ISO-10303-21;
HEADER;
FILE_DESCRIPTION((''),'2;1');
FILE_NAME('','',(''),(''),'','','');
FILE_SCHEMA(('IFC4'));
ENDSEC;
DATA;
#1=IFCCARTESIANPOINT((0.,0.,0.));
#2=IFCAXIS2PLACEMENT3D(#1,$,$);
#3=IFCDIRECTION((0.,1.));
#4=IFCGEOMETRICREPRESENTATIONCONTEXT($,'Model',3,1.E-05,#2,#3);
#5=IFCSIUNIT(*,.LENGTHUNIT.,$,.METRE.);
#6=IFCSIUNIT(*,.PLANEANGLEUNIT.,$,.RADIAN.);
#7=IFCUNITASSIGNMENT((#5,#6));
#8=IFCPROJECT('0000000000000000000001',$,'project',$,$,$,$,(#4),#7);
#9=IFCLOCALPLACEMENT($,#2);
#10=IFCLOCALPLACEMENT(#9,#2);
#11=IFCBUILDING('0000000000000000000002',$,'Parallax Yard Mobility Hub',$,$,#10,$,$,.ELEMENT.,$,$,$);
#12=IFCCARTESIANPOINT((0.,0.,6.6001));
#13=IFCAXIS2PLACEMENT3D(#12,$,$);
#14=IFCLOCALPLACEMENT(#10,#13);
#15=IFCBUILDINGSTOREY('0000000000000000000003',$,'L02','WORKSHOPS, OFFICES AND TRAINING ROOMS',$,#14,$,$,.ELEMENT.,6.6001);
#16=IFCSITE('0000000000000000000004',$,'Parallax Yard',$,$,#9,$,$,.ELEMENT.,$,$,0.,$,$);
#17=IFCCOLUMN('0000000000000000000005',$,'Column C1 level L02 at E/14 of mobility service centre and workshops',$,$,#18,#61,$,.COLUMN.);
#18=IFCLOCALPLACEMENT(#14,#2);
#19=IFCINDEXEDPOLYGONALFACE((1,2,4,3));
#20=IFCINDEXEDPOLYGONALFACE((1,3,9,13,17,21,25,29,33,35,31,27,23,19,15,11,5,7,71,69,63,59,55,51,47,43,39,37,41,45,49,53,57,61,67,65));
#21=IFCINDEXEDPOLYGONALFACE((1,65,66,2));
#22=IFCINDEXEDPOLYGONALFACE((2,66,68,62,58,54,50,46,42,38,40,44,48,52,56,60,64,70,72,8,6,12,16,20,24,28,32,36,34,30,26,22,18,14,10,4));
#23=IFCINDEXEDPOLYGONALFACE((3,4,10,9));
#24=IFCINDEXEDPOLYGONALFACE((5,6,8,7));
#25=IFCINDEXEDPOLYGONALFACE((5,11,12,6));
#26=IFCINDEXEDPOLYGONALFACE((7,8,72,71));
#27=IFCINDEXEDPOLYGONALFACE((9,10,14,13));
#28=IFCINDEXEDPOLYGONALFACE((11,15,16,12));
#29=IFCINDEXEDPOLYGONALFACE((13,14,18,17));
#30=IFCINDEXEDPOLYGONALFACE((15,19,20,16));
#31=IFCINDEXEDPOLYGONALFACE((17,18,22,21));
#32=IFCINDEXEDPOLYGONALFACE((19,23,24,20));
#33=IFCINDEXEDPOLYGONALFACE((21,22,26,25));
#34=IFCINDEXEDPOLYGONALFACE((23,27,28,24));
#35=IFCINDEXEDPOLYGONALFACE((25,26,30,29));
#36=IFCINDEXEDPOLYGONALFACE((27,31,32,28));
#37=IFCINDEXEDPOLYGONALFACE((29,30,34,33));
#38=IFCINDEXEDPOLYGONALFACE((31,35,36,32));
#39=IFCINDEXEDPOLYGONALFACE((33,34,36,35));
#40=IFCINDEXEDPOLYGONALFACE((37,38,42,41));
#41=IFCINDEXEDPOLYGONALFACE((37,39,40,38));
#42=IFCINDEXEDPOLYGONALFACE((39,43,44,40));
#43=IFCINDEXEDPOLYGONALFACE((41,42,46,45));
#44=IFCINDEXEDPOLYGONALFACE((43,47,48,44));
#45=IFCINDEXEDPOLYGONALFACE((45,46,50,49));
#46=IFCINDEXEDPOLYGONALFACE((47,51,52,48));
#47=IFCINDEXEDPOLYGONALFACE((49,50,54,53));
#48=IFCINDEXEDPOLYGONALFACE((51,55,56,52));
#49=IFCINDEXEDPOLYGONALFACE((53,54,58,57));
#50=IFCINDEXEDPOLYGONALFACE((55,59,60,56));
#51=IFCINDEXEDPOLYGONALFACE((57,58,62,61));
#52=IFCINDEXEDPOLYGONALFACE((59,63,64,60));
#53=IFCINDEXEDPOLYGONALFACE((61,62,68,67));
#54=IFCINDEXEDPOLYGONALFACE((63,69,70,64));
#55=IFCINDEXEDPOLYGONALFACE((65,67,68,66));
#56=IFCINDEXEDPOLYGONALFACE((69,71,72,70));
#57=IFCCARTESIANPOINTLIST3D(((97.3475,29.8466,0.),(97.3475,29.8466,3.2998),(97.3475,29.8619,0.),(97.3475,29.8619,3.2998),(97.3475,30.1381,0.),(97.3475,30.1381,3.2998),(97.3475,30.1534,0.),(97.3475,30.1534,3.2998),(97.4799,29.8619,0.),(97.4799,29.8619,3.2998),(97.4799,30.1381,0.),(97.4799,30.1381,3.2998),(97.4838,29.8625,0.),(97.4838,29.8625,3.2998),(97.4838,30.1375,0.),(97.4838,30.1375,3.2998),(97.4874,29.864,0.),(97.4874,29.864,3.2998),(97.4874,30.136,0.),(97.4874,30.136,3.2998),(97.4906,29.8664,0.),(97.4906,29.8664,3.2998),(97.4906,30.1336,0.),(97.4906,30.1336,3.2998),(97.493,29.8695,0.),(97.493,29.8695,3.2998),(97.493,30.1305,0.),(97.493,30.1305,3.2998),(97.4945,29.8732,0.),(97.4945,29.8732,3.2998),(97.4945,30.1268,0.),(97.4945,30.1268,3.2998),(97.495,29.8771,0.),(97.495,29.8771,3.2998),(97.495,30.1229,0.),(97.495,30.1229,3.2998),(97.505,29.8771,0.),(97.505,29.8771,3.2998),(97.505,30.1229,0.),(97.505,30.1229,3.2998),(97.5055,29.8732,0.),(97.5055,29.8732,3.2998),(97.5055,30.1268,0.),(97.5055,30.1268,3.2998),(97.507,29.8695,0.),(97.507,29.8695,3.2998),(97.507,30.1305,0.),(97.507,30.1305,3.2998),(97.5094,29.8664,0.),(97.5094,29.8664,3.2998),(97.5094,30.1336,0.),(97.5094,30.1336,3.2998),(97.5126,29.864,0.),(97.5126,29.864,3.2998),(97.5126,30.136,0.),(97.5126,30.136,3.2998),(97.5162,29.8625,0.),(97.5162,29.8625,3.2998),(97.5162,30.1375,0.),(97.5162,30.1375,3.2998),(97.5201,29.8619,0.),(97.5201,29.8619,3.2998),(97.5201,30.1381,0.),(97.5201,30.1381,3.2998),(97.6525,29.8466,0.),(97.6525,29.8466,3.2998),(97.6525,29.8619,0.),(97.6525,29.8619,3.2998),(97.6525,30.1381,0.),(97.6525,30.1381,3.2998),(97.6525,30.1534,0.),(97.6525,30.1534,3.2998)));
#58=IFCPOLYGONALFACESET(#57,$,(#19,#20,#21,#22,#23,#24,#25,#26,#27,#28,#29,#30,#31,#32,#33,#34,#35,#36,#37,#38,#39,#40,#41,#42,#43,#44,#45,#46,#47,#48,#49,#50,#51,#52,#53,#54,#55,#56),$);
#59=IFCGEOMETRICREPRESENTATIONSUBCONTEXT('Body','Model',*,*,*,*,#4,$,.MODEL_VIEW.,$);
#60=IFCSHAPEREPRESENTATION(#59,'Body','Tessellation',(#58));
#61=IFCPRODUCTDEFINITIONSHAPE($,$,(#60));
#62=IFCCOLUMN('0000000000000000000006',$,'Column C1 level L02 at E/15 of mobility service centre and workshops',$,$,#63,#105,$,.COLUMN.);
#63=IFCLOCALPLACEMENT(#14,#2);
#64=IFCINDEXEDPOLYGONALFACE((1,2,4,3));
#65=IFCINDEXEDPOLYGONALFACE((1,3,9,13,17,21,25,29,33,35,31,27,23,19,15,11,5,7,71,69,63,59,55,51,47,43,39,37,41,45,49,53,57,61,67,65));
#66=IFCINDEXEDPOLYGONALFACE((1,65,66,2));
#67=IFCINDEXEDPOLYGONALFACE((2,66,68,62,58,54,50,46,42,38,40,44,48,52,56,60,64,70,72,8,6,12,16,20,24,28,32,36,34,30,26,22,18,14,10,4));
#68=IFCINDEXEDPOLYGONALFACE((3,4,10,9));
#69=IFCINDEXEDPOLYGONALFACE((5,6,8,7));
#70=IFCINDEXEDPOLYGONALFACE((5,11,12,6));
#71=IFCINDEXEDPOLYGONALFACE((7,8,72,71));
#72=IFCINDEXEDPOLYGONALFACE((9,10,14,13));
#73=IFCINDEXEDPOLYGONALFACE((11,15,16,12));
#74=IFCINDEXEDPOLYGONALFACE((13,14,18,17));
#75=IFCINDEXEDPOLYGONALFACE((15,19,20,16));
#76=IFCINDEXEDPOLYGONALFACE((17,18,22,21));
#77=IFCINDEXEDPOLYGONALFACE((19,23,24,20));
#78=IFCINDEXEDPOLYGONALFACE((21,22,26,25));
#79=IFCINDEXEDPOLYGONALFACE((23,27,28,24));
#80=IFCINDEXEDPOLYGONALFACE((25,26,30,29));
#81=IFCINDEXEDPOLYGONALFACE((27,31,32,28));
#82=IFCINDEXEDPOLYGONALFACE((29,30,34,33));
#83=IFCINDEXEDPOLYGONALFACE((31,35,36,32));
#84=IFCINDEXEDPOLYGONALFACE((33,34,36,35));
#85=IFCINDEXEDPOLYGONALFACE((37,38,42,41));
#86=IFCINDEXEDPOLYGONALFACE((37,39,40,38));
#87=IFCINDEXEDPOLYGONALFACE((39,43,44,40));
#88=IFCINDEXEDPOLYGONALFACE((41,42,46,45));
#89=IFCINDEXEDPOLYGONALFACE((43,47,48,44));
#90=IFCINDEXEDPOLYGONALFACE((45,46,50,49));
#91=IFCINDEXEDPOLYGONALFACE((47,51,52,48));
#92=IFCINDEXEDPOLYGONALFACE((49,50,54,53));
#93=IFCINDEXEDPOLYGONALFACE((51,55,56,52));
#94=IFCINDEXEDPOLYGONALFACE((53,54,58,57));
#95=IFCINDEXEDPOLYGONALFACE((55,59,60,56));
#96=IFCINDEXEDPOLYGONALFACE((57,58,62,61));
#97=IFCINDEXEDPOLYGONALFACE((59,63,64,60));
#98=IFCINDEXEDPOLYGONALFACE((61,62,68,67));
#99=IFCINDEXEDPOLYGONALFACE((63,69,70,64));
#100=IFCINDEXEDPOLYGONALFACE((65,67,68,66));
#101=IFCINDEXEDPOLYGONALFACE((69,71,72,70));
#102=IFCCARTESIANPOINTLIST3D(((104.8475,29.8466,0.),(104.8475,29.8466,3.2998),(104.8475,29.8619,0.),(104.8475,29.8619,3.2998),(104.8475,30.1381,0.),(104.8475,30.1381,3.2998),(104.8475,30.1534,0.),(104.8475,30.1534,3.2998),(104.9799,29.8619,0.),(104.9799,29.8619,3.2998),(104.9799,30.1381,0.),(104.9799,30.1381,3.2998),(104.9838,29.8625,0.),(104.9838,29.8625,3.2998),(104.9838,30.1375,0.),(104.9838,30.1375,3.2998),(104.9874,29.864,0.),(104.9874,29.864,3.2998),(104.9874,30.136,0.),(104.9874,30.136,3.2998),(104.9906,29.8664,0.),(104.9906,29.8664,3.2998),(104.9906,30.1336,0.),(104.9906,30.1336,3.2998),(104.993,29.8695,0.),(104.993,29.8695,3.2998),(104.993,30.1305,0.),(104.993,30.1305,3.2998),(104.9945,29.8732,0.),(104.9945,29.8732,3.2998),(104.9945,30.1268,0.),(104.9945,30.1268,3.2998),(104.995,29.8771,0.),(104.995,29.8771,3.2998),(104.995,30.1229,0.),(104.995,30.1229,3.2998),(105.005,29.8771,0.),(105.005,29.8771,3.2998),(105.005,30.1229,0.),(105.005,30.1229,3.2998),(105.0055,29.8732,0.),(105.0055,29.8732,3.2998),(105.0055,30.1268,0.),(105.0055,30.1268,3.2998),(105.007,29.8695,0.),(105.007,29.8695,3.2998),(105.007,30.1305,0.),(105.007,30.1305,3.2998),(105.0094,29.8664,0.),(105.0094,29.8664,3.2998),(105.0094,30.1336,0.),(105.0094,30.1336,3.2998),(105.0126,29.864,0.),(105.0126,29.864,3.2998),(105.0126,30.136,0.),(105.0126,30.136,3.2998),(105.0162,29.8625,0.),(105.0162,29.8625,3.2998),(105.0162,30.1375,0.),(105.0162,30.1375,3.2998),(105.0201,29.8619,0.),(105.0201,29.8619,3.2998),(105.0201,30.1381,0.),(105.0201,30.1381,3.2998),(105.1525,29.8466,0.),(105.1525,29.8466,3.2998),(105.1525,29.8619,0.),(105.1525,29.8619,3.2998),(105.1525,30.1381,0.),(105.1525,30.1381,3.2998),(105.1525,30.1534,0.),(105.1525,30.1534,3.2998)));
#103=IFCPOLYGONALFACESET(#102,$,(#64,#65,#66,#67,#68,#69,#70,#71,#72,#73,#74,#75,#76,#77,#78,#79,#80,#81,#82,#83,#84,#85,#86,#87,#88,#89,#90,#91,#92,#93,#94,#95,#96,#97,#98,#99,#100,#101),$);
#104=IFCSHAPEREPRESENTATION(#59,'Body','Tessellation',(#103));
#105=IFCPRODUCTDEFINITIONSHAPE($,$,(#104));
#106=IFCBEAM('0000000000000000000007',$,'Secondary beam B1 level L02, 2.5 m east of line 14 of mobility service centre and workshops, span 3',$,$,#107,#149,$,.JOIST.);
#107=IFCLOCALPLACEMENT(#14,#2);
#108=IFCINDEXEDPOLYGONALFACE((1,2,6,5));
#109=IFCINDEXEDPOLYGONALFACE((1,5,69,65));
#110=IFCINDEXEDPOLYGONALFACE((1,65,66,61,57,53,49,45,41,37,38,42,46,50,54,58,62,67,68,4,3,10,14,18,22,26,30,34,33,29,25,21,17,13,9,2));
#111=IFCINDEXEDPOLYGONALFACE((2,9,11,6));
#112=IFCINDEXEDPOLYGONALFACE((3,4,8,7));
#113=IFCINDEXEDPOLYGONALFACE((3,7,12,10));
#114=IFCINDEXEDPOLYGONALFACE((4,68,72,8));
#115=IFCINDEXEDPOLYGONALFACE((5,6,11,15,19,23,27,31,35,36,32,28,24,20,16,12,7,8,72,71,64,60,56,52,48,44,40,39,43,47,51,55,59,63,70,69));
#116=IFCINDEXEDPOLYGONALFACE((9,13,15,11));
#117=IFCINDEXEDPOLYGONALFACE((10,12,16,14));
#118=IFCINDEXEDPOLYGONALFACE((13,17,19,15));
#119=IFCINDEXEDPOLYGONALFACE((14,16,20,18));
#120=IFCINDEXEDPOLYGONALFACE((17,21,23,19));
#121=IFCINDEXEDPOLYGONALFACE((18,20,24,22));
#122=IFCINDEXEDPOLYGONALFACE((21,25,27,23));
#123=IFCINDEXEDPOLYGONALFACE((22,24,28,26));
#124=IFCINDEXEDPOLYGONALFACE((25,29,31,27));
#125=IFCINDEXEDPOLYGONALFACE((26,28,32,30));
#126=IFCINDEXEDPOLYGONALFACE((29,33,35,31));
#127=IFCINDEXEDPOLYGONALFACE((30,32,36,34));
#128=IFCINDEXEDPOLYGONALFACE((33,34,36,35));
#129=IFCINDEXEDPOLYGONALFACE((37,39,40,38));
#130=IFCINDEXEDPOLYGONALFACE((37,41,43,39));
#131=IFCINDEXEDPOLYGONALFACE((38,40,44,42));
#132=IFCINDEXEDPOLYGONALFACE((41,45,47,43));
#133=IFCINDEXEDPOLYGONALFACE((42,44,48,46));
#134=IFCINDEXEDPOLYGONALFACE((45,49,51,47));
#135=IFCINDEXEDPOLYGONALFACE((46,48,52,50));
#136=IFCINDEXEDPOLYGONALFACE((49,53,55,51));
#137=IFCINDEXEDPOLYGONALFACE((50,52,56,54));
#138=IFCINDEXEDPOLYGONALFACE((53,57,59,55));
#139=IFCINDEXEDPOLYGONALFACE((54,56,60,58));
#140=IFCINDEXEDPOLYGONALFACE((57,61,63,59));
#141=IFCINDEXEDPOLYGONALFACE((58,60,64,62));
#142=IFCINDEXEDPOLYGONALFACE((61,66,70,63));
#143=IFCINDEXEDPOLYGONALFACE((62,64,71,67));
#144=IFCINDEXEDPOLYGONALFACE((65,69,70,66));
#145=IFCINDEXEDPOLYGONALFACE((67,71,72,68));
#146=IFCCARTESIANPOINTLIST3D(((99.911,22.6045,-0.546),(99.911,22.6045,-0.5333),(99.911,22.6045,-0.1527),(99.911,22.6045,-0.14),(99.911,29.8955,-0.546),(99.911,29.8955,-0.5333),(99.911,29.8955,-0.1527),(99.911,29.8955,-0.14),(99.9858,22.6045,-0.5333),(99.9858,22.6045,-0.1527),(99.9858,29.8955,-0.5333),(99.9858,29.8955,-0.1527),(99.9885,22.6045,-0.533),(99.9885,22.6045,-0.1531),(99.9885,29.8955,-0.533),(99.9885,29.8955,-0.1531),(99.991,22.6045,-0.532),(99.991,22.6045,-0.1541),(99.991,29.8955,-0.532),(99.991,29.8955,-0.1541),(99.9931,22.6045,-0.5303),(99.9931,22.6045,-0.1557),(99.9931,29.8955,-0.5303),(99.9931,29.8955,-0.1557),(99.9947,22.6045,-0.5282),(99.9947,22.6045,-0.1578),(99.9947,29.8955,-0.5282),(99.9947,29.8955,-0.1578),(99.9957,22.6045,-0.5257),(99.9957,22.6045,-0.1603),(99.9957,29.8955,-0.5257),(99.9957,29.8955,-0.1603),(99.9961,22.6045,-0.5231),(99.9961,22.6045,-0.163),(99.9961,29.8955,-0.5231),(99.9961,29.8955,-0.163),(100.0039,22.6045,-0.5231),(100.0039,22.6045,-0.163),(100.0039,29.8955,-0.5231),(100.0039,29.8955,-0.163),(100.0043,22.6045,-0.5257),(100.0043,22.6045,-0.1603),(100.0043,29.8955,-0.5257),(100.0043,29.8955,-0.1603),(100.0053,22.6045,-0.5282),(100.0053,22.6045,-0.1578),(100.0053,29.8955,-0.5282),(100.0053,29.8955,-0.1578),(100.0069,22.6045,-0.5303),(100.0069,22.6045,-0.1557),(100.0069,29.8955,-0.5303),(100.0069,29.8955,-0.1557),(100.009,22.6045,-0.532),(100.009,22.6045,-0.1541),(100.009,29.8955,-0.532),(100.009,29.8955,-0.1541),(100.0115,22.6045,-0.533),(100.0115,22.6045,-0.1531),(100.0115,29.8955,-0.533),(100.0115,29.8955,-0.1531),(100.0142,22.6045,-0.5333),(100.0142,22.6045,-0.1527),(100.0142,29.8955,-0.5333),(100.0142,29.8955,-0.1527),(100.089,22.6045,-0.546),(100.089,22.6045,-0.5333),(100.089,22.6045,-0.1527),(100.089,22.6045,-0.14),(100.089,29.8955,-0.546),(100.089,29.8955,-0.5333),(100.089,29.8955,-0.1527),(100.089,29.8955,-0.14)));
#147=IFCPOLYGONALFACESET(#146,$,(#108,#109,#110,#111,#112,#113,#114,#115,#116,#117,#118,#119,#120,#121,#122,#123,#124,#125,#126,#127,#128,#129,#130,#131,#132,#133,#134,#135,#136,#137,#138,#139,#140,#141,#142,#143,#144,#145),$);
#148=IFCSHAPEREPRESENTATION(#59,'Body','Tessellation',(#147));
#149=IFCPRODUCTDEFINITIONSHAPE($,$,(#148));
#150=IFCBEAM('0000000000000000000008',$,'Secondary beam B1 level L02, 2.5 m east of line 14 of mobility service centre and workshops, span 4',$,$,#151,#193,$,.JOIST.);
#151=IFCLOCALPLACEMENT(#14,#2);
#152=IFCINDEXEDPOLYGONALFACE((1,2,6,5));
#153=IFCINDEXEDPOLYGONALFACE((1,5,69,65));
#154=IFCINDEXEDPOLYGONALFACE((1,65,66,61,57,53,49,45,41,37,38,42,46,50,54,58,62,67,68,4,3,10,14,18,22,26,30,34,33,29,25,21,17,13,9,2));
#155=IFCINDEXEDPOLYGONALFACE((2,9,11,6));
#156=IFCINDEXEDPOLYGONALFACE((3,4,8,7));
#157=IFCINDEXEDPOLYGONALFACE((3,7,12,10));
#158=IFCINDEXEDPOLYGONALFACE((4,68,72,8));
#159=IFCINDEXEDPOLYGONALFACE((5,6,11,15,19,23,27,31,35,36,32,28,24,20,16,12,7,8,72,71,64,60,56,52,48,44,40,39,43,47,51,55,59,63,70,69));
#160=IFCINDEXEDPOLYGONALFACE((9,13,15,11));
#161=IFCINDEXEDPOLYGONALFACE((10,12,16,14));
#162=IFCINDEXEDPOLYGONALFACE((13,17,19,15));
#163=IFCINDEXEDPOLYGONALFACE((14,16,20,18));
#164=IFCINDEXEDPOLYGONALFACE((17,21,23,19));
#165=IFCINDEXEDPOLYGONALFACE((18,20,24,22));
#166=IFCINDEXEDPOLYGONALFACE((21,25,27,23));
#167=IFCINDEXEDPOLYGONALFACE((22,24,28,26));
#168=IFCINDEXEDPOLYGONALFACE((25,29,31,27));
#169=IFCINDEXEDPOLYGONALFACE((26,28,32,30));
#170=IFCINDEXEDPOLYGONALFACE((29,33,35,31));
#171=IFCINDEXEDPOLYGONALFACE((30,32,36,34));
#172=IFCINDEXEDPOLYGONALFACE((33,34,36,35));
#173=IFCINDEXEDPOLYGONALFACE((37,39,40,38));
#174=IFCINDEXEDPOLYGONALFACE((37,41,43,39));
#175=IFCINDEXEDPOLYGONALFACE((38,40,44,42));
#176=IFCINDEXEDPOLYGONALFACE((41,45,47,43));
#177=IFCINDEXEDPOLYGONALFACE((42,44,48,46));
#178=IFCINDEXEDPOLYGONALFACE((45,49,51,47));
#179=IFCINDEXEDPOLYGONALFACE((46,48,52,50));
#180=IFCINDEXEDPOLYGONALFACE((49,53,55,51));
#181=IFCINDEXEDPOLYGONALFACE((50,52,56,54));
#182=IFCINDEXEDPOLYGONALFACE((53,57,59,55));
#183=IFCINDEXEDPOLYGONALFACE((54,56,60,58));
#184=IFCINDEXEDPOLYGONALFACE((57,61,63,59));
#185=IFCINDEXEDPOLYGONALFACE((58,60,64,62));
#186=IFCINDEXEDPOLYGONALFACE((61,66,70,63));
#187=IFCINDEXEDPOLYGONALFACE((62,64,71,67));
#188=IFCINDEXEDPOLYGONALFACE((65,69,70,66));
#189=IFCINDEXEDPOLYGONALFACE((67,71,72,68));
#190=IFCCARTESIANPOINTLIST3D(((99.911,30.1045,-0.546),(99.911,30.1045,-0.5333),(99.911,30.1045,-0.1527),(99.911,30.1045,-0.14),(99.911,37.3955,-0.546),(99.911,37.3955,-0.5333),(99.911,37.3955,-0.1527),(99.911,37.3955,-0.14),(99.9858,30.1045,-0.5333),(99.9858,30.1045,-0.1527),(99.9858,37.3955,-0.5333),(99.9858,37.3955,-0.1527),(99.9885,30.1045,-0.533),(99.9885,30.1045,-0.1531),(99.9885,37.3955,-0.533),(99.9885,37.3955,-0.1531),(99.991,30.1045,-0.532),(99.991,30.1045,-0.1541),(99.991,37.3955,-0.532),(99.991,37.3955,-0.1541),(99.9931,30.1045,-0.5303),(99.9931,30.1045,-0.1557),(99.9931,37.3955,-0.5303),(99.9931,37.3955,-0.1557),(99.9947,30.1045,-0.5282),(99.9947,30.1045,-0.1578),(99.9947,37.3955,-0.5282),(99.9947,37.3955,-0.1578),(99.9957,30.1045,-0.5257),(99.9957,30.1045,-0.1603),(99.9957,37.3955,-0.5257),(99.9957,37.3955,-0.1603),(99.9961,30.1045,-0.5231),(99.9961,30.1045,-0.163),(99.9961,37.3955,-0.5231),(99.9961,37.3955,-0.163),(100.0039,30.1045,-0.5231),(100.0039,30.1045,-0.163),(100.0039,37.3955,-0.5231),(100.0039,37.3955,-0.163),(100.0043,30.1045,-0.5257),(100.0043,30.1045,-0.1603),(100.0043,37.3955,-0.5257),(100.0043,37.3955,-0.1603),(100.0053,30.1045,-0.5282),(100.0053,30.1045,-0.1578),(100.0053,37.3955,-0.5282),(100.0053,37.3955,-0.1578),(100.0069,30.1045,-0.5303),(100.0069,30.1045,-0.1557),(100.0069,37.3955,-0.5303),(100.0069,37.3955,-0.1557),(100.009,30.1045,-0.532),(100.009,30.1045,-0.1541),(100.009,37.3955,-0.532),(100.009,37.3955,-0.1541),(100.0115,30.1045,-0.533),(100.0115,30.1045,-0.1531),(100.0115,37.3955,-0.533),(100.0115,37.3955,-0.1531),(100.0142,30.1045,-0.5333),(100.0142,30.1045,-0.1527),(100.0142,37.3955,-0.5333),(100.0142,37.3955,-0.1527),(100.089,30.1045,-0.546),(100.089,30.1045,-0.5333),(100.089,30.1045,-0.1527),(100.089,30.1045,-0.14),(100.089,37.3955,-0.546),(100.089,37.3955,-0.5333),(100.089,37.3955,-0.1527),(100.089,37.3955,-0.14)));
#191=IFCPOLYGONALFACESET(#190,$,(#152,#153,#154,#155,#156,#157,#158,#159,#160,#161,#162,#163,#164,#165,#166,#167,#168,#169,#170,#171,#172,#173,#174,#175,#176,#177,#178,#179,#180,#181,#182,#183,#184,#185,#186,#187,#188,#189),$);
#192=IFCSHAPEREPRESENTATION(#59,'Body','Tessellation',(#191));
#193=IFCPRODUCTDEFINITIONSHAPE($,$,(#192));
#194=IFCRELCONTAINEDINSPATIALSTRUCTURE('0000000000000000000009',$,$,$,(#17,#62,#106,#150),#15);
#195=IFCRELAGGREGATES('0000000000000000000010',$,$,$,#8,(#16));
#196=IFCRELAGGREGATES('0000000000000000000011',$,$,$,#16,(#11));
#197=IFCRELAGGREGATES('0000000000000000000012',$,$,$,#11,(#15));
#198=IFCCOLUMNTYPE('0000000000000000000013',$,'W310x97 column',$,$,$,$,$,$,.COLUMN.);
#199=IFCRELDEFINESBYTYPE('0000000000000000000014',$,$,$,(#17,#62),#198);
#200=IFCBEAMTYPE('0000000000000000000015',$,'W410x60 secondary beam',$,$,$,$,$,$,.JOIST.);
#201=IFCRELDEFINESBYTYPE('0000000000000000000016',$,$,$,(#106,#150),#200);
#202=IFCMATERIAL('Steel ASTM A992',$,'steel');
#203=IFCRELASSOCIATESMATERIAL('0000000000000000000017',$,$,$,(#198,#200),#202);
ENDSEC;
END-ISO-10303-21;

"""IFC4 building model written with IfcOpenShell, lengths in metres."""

from ifc_helpers import new_model, si_unit, direction, frame, origin, origin_2d, place, context, subcontext, project, spatial, i_section, extrude, material, material_profile, profile_set, type_object, element, save


model = new_model("IFC4")

# Units and contexts
model_context = context("Model", 3, precision=1e-05, world=origin(), true_north=direction((0.0, 1.0)))
body_context = subcontext(model_context, "Body", "Model", "MODEL_VIEW")
ifc_project = project(units=[si_unit("LENGTHUNIT", "METRE"), si_unit("PLANEANGLEUNIT", "RADIAN")], contexts=[model_context])

# Site, building, storey
site_placement = place(None, origin())
site = spatial("IfcSite", under=ifc_project, at=site_placement, Name="Parallax Yard", CompositionType="ELEMENT", RefElevation=0.0)
building_placement = place(site_placement, origin())
building = spatial("IfcBuilding", under=site, at=building_placement, Name="Parallax Yard Mobility Hub", CompositionType="ELEMENT")
storey_placement = place(building_placement, frame((0.0, 0.0, 6.6001)))
storey = spatial("IfcBuildingStorey", under=building, at=storey_placement, Name="L02", Description="WORKSHOPS, OFFICES AND TRAINING ROOMS", CompositionType="ELEMENT", Elevation=6.6001)

# Columns
ifc_material_1 = material(Name="Steel ASTM A992", Category="steel")
ifc_material_profile_1 = material_profile(ifc_material_1, i_section(OverallWidth=0.3049, OverallDepth=0.3069, WebThickness=0.01, FlangeThickness=0.0154, FilletRadius=0.0151, at=origin_2d()), Name="W310x97")
ifc_profile_set_1 = profile_set([ifc_material_profile_1], Name="Steel ASTM A992")
column_type = type_object("IfcColumnType", Name="W310x97 column", PredefinedType="COLUMN", material=ifc_profile_set_1)
for number, where, z_axis, x_axis, name in (
    (1, (97.5, 30.0, 0.0), (0.0, 0.0, 1.0), (1.0, 0.0, 0.0), "Column C1 level L02 at E/14 of mobility service centre and workshops"),
    (2, (105.0, 30.0, 0.0), (0.0, 0.0, 1.0), (1.0, 0.0, 0.0), "Column C1 level L02 at E/15 of mobility service centre and workshops"),
):
    element("IfcColumn", number, at=place(storey_placement, frame(where, z_axis=z_axis, x_axis=x_axis)), inside=storey, type_object=column_type, Name=name, PredefinedType="COLUMN", context=body_context, shape_type="SweptSolid", body=[
        extrude(i_section(OverallWidth=0.3049, OverallDepth=0.3069, WebThickness=0.01, FlangeThickness=0.0154, FilletRadius=0.0151, at=origin_2d()), origin(), (0.0, 0.0, 1.0), 3.2998),
    ])

# Beams
ifc_material_profile_2 = material_profile(ifc_material_1, i_section(OverallWidth=0.178, OverallDepth=0.406, WebThickness=0.0078, FlangeThickness=0.0127, FilletRadius=0.0103, at=origin_2d()), Name="W410x60")
ifc_profile_set_2 = profile_set([ifc_material_profile_2], Name="Steel ASTM A992")
beam_type_1 = type_object("IfcBeamType", Name="W410x60 secondary beam", PredefinedType="JOIST", material=ifc_profile_set_2)
for number, where, z_axis, x_axis, name in (
    (3, (100.0, 22.6045, -0.343), (0.0, 1.0, 0.0), (-1.0, 0.0, 0.0), "Secondary beam B1 level L02, 2.5 m east of line 14 of mobility service centre and workshops, span 3"),
    (4, (100.0, 30.1045, -0.343), (0.0, 1.0, 0.0), (-1.0, 0.0, 0.0), "Secondary beam B1 level L02, 2.5 m east of line 14 of mobility service centre and workshops, span 4"),
):
    element("IfcBeam", number, at=place(storey_placement, frame(where, z_axis=z_axis, x_axis=x_axis)), inside=storey, type_object=beam_type_1, Name=name, PredefinedType="JOIST", context=body_context, shape_type="SweptSolid", body=[
        extrude(i_section(OverallWidth=0.178, OverallDepth=0.406, WebThickness=0.0078, FlangeThickness=0.0127, FilletRadius=0.0103, at=origin_2d()), origin(), (0.0, 0.0, 1.0), 7.291),
    ])

save(model, "model.ifc")
